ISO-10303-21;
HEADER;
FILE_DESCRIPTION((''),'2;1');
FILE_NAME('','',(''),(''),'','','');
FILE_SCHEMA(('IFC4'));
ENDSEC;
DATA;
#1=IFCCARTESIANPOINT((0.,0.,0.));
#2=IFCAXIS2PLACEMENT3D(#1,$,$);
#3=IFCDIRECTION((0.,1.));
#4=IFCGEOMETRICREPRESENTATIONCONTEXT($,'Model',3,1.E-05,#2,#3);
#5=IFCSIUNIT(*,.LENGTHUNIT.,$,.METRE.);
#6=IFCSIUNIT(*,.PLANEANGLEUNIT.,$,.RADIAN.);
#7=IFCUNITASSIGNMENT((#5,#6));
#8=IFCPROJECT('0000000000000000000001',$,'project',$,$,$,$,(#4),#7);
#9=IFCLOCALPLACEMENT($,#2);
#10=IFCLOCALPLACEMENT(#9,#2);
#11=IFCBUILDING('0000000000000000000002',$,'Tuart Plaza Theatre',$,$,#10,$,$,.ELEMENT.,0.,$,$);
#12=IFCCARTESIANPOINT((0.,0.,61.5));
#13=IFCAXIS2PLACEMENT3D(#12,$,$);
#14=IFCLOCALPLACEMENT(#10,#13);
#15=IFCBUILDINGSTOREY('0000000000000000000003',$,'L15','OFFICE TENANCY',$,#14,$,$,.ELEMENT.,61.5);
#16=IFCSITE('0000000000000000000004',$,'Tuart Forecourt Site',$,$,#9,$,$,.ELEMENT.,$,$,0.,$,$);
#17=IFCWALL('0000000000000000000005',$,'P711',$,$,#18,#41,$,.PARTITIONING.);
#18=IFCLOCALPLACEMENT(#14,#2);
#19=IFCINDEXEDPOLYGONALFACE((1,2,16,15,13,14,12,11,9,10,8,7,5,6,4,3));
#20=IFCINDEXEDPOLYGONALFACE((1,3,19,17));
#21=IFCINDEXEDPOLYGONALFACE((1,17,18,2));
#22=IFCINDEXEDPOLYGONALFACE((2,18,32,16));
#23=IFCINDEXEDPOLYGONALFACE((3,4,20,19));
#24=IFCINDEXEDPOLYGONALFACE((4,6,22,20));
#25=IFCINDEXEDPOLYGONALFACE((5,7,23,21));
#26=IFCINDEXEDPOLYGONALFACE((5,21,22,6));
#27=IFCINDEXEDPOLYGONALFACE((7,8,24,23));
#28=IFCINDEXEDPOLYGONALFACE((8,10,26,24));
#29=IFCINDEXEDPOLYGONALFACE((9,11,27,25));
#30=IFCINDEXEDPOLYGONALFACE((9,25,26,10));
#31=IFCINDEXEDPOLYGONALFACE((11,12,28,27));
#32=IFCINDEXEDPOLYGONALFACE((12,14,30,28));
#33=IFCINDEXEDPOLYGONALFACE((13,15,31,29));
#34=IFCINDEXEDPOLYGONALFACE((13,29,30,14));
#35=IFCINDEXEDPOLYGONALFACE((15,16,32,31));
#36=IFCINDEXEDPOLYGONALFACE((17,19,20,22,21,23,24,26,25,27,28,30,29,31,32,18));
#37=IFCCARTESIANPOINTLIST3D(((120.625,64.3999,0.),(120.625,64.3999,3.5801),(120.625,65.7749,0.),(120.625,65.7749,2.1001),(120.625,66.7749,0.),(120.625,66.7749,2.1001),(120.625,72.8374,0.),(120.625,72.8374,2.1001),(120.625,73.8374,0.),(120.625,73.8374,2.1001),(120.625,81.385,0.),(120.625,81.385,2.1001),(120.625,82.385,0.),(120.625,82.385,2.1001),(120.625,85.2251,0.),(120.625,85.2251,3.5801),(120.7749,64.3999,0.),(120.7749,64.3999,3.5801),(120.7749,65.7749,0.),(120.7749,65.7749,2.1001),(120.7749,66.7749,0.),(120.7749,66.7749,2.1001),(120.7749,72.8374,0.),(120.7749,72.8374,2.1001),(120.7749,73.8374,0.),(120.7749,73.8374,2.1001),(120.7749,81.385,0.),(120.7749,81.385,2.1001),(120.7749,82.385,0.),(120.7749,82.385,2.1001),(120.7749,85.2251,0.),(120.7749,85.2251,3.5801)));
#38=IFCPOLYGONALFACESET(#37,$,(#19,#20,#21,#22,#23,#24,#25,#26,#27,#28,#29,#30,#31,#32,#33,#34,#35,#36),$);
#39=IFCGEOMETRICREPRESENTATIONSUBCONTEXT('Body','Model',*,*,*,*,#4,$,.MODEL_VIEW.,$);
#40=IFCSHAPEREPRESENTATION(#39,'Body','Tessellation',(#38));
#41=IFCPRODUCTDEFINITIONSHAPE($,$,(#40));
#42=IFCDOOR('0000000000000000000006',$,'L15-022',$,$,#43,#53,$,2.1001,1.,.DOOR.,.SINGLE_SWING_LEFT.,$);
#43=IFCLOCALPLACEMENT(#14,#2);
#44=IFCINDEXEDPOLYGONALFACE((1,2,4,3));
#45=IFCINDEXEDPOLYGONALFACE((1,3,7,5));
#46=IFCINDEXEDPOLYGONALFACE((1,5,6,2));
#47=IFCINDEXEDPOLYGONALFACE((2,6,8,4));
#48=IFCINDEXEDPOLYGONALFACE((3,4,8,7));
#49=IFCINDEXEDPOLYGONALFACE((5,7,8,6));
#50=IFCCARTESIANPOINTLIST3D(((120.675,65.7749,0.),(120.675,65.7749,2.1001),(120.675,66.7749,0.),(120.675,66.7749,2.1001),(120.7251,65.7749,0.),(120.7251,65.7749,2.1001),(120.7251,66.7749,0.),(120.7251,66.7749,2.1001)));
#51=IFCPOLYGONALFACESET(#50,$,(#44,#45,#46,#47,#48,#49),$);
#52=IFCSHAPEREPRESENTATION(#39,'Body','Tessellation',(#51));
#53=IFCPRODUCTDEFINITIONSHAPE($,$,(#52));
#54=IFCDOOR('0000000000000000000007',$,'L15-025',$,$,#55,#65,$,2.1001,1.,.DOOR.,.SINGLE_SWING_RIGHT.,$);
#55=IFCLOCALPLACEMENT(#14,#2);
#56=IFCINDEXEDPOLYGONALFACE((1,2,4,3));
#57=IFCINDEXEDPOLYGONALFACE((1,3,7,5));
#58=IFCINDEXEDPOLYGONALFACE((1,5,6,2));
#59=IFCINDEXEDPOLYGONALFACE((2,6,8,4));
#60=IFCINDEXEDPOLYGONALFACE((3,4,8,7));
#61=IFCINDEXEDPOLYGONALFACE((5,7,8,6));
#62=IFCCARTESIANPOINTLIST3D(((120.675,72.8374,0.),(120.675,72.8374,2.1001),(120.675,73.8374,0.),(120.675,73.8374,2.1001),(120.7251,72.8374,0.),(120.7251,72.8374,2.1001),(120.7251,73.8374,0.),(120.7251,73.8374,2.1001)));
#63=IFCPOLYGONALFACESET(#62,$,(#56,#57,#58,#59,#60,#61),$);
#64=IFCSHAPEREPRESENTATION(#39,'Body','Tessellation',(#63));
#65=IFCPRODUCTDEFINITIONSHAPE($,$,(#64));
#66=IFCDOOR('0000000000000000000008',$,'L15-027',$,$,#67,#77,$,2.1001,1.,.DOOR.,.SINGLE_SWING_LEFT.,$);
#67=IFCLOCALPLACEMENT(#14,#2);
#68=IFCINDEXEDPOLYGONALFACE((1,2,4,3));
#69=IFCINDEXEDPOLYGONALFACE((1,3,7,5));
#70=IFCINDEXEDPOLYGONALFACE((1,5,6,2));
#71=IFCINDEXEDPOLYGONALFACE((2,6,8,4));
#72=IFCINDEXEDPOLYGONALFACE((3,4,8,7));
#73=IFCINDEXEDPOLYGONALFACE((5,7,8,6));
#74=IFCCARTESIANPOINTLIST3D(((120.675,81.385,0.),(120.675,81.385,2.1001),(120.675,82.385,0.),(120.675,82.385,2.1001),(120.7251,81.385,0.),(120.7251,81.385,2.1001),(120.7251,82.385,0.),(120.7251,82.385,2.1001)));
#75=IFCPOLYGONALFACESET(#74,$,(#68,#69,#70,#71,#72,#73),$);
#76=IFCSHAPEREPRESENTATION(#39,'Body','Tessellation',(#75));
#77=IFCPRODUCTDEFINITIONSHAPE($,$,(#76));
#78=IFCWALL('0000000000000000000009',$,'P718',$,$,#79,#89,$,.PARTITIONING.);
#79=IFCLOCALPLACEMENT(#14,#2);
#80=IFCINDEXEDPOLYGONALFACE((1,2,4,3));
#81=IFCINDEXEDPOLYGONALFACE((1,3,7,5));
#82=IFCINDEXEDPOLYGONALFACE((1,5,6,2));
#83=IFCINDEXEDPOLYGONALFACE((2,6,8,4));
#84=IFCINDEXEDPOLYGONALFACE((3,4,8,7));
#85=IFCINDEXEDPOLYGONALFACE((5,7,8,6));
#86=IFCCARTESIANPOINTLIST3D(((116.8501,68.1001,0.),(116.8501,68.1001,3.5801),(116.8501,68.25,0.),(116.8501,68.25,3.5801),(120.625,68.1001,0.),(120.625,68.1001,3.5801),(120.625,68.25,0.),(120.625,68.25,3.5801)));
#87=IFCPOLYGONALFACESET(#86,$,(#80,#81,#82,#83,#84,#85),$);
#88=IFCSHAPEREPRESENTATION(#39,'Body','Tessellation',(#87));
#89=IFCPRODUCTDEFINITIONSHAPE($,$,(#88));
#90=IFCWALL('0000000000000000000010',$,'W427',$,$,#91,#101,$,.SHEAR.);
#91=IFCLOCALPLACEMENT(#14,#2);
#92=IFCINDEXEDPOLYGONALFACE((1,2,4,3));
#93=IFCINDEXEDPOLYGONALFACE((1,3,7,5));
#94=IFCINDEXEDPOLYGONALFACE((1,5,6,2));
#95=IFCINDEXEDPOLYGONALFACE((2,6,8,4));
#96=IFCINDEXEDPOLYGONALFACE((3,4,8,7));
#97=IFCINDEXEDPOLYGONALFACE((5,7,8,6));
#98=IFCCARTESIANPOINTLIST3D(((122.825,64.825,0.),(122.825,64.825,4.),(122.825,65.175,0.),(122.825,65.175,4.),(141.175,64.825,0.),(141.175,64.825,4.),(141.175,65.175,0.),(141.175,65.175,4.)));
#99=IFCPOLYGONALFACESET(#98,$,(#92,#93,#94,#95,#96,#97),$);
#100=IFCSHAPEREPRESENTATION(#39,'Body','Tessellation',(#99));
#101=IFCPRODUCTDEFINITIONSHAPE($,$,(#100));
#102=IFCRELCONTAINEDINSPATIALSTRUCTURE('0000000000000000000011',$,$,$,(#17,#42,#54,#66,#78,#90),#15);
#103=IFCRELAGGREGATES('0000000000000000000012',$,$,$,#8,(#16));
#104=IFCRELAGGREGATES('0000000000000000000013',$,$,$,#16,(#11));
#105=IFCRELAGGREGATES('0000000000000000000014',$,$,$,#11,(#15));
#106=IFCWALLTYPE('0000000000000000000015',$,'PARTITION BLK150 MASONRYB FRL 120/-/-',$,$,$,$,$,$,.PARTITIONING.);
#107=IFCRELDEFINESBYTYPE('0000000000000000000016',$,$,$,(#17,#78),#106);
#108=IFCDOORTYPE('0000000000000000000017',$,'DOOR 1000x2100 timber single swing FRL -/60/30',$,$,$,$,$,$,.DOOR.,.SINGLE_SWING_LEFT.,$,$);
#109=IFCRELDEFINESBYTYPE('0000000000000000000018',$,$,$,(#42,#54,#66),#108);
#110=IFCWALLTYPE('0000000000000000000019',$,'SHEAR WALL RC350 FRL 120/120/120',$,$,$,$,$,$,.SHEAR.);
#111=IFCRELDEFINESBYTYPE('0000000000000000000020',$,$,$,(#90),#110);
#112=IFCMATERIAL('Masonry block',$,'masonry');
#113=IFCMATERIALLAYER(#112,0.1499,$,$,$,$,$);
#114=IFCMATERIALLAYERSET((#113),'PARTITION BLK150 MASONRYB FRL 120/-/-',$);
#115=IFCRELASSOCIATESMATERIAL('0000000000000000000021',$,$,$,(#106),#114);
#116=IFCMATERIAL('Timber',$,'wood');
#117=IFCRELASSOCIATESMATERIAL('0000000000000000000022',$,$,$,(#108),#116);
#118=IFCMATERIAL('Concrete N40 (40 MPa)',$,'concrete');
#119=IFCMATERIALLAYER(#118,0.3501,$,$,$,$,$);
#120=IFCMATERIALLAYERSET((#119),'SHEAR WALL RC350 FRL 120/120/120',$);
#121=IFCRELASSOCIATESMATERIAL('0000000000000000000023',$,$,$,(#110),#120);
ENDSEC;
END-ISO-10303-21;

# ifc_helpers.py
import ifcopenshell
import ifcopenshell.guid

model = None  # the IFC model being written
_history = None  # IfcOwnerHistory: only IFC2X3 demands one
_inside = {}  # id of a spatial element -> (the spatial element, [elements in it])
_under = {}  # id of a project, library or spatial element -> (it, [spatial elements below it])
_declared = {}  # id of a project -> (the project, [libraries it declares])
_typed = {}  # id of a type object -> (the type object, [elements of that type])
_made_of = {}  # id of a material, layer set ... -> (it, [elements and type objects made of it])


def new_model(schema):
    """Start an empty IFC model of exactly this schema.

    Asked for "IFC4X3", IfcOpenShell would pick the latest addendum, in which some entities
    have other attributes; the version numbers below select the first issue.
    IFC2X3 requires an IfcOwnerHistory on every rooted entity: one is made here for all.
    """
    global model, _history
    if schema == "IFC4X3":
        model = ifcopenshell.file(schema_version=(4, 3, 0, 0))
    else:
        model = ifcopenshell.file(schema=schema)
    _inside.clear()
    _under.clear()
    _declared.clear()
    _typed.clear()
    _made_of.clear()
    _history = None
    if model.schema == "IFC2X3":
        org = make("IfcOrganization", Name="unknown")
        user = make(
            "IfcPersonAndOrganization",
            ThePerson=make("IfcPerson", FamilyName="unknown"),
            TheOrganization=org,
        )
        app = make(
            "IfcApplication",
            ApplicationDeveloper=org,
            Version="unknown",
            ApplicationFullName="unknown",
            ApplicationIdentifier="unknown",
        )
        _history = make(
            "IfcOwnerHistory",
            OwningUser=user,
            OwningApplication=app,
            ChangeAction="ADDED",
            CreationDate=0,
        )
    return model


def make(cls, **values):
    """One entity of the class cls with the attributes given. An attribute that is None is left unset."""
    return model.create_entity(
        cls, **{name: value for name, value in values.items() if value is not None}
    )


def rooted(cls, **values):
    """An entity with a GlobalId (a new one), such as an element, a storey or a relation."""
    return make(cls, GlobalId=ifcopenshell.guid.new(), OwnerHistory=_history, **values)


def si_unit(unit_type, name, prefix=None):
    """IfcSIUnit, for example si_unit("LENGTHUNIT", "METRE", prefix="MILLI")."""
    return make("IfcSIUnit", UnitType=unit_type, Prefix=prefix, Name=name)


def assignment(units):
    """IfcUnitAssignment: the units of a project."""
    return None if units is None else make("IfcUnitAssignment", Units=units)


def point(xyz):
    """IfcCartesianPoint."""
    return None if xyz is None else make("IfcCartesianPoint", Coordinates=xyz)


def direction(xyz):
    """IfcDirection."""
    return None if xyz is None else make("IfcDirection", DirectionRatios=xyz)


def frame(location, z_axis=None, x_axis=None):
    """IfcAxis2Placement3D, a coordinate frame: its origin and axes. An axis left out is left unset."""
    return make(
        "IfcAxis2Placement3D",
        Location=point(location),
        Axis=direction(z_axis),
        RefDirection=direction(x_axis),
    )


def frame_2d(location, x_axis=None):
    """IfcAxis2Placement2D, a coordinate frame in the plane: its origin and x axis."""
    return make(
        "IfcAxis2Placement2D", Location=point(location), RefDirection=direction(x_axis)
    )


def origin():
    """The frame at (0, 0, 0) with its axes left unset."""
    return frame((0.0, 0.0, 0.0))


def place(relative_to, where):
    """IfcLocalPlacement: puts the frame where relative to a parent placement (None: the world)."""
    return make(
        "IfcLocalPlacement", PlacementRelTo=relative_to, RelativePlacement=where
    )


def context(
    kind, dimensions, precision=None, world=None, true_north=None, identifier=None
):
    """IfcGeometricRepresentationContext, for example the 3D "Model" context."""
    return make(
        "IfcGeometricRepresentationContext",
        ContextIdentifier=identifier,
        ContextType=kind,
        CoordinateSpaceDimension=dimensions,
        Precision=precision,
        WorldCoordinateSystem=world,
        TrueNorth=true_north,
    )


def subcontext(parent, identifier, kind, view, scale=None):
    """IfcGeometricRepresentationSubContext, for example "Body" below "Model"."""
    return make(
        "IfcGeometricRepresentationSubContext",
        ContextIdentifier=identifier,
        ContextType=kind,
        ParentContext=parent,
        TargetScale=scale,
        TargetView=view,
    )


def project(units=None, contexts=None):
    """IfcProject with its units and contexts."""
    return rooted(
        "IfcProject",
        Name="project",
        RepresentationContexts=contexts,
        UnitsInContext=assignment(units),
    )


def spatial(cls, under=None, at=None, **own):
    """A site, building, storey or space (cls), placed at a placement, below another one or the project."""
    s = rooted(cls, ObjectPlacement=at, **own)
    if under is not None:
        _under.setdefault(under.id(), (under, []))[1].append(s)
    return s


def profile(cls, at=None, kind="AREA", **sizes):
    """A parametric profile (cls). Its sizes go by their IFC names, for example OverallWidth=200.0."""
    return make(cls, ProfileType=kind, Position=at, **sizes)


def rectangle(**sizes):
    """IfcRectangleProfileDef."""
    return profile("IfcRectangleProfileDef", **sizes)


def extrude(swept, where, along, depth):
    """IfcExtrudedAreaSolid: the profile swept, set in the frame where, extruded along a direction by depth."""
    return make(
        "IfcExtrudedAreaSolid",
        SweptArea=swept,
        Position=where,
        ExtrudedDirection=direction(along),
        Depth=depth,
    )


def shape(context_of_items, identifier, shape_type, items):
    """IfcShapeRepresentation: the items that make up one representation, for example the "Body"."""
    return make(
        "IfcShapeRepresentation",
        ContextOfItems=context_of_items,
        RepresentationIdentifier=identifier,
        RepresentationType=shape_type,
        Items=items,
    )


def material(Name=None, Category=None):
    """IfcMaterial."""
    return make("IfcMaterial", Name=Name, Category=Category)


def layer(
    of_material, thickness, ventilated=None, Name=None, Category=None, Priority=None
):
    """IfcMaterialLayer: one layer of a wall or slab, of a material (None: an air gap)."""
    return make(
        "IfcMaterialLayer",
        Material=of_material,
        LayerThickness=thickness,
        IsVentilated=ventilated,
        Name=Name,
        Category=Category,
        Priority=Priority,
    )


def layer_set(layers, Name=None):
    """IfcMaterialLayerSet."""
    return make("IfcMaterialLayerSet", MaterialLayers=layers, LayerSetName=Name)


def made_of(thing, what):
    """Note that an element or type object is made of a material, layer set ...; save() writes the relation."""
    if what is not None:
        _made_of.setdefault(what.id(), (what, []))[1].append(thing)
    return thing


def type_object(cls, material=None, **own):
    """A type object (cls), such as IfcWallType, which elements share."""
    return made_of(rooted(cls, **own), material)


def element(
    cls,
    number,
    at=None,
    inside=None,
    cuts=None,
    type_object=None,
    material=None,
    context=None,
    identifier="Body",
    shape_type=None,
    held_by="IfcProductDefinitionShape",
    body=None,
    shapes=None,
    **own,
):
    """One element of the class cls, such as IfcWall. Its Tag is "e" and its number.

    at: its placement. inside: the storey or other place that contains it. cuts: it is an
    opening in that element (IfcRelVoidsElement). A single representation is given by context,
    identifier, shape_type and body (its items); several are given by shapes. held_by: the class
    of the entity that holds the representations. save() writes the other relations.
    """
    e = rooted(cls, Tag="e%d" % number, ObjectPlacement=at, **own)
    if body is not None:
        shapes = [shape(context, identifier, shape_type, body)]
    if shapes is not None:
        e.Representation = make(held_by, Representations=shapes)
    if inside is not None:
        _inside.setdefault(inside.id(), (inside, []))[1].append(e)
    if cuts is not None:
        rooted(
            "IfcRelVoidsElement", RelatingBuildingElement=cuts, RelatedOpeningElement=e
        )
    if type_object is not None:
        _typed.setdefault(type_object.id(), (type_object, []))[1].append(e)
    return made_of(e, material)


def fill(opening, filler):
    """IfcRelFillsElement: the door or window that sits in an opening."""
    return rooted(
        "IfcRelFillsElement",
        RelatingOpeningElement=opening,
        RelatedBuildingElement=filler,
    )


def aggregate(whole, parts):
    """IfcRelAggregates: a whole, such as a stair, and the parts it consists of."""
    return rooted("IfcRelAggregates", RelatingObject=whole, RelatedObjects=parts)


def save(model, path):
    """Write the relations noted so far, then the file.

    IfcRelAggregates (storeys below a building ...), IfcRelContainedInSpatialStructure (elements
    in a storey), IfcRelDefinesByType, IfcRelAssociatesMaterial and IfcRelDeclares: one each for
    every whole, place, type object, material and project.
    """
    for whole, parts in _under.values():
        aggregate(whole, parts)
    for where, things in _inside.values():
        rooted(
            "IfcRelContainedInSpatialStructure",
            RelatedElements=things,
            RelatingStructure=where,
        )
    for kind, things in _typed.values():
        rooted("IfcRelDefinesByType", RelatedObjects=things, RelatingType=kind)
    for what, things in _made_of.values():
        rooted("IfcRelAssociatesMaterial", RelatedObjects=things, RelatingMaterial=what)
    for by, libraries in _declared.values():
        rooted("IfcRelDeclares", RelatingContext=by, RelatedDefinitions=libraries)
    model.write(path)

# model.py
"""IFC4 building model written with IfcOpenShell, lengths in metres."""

from ifc_helpers import new_model, si_unit, direction, frame, frame_2d, origin, place, context, subcontext, project, spatial, rectangle, extrude, material, layer, layer_set, type_object, element, fill, save


model = new_model("IFC4")

# Units and contexts
model_context = context("Model", 3, precision=1e-05, world=origin(), true_north=direction((0.0, 1.0)))
body_context = subcontext(model_context, "Body", "Model", "MODEL_VIEW")
ifc_project = project(units=[si_unit("LENGTHUNIT", "METRE"), si_unit("PLANEANGLEUNIT", "RADIAN")], contexts=[model_context])

# Site, building, storey
site_placement = place(None, origin())
site = spatial("IfcSite", under=ifc_project, at=site_placement, Name="Tuart Forecourt Site", CompositionType="ELEMENT", RefElevation=0.0)
building_placement = place(site_placement, origin())
building = spatial("IfcBuilding", under=site, at=building_placement, Name="Tuart Plaza Theatre", CompositionType="ELEMENT", ElevationOfRefHeight=0.0)
storey_placement = place(building_placement, frame((0.0, 0.0, 61.5)))
storey = spatial("IfcBuildingStorey", under=building, at=storey_placement, Name="L15", Description="OFFICE TENANCY", CompositionType="ELEMENT", Elevation=61.5)

# Wall, openings, doors
ifc_material_1 = material(Name="Masonry block", Category="masonry")
ifc_layer_1 = layer(ifc_material_1, 0.1499)
ifc_layer_set_1 = layer_set([ifc_layer_1], Name="PARTITION BLK150 MASONRYB FRL 120/-/-")
wall_type_1 = type_object("IfcWallType", Name="PARTITION BLK150 MASONRYB FRL 120/-/-", PredefinedType="PARTITIONING", material=ifc_layer_set_1)
wall_1_placement = place(storey_placement, frame((120.7, 64.3999, 0.0), z_axis=(0.0, 0.0, 1.0), x_axis=(0.0, 1.0, 0.0)))
wall_1 = element("IfcWall", 1, at=wall_1_placement, inside=storey, type_object=wall_type_1, Name="P711", PredefinedType="PARTITIONING", context=body_context, shape_type="SweptSolid", body=[
    extrude(rectangle(XDim=20.8252, YDim=0.1499, at=frame_2d((10.4126, 0.0))), origin(), (0.0, 0.0, 1.0), 3.5801),
])
opening_1_placement = place(wall_1_placement, frame((1.375, 0.0, 0.0)))
opening_1 = element("IfcOpeningElement", 2, at=opening_1_placement, cuts=wall_1, PredefinedType="OPENING", context=body_context, shape_type="SweptSolid", body=[
    extrude(rectangle(XDim=1.0, YDim=2.1001, at=frame_2d((0.5, 1.05))), frame((0.0, 0.085, 0.0), z_axis=(0.0, -1.0, 0.0), x_axis=(1.0, 0.0, 0.0)), (0.0, 0.0, 1.0), 0.1699),
])
opening_2_placement = place(wall_1_placement, frame((8.4375, 0.0, 0.0)))
opening_2 = element("IfcOpeningElement", 3, at=opening_2_placement, cuts=wall_1, PredefinedType="OPENING", context=body_context, shape_type="SweptSolid", body=[
    extrude(rectangle(XDim=1.0, YDim=2.1001, at=frame_2d((0.5, 1.05))), frame((0.0, 0.085, 0.0), z_axis=(0.0, -1.0, 0.0), x_axis=(1.0, 0.0, 0.0)), (0.0, 0.0, 1.0), 0.1699),
])
opening_3_placement = place(wall_1_placement, frame((16.9851, 0.0, 0.0)))
opening_3 = element("IfcOpeningElement", 4, at=opening_3_placement, cuts=wall_1, PredefinedType="OPENING", context=body_context, shape_type="SweptSolid", body=[
    extrude(rectangle(XDim=1.0, YDim=2.1001, at=frame_2d((0.5, 1.05))), frame((0.0, 0.085, 0.0), z_axis=(0.0, -1.0, 0.0), x_axis=(1.0, 0.0, 0.0)), (0.0, 0.0, 1.0), 0.1699),
])
ifc_material_2 = material(Name="Timber", Category="wood")
door_type = type_object("IfcDoorType", Name="DOOR 1000x2100 timber single swing FRL -/60/30", OperationType="SINGLE_SWING_LEFT", PredefinedType="DOOR", material=ifc_material_2)
door_1_placement = place(opening_1_placement, origin())
door_1 = element("IfcDoor", 5, at=door_1_placement, inside=storey, type_object=door_type, Name="L15-022", OperationType="SINGLE_SWING_LEFT", OverallHeight=2.1001, OverallWidth=1.0, PredefinedType="DOOR", context=body_context, shape_type="SweptSolid", body=[
    extrude(rectangle(XDim=1.0, YDim=2.1001, at=frame_2d((0.5, 1.05))), frame((0.0, 0.0249, 0.0), z_axis=(0.0, -1.0, 0.0), x_axis=(1.0, 0.0, 0.0)), (0.0, 0.0, 1.0), 0.05),
])
fill(opening_1, door_1)
door_2_placement = place(opening_2_placement, origin())
door_2 = element("IfcDoor", 6, at=door_2_placement, inside=storey, type_object=door_type, Name="L15-025", OperationType="SINGLE_SWING_RIGHT", OverallHeight=2.1001, OverallWidth=1.0, PredefinedType="DOOR", context=body_context, shape_type="SweptSolid", body=[
    extrude(rectangle(XDim=1.0, YDim=2.1001, at=frame_2d((0.5, 1.05))), frame((0.0, 0.0249, 0.0), z_axis=(0.0, -1.0, 0.0), x_axis=(1.0, 0.0, 0.0)), (0.0, 0.0, 1.0), 0.05),
])
fill(opening_2, door_2)
door_3_placement = place(opening_3_placement, origin())
door_3 = element("IfcDoor", 7, at=door_3_placement, inside=storey, type_object=door_type, Name="L15-027", OperationType="SINGLE_SWING_LEFT", OverallHeight=2.1001, OverallWidth=1.0, PredefinedType="DOOR", context=body_context, shape_type="SweptSolid", body=[
    extrude(rectangle(XDim=1.0, YDim=2.1001, at=frame_2d((0.5, 1.05))), frame((0.0, 0.0249, 0.0), z_axis=(0.0, -1.0, 0.0), x_axis=(1.0, 0.0, 0.0)), (0.0, 0.0, 1.0), 0.05),
])
fill(opening_3, door_3)

# Walls
wall_2_placement = place(storey_placement, frame((120.625, 68.175, 0.0), z_axis=(0.0, 0.0, 1.0), x_axis=(-1.0, 0.0, 0.0)))
element("IfcWall", 8, at=wall_2_placement, inside=storey, type_object=wall_type_1, Name="P718", PredefinedType="PARTITIONING", context=body_context, shape_type="SweptSolid", body=[
    extrude(rectangle(XDim=3.7749, YDim=0.1499, at=frame_2d((1.8875, 0.0))), origin(), (0.0, 0.0, 1.0), 3.5801),
])
ifc_material_3 = material(Name="Concrete N40 (40 MPa)", Category="concrete")
ifc_layer_2 = layer(ifc_material_3, 0.3501)
ifc_layer_set_2 = layer_set([ifc_layer_2], Name="SHEAR WALL RC350 FRL 120/120/120")
wall_type_2 = type_object("IfcWallType", Name="SHEAR WALL RC350 FRL 120/120/120", PredefinedType="SHEAR", material=ifc_layer_set_2)
wall_3_placement = place(storey_placement, frame((122.825, 65.0, 0.0), z_axis=(0.0, 0.0, 1.0), x_axis=(1.0, 0.0, 0.0)))
element("IfcWall", 9, at=wall_3_placement, inside=storey, type_object=wall_type_2, Name="W427", PredefinedType="SHEAR", context=body_context, shape_type="SweptSolid", body=[
    extrude(rectangle(XDim=18.3501, YDim=0.3501, at=frame_2d((9.175, 0.0))), origin(), (0.0, 0.0, 1.0), 4.0),
])

save(model, "model.ifc")
